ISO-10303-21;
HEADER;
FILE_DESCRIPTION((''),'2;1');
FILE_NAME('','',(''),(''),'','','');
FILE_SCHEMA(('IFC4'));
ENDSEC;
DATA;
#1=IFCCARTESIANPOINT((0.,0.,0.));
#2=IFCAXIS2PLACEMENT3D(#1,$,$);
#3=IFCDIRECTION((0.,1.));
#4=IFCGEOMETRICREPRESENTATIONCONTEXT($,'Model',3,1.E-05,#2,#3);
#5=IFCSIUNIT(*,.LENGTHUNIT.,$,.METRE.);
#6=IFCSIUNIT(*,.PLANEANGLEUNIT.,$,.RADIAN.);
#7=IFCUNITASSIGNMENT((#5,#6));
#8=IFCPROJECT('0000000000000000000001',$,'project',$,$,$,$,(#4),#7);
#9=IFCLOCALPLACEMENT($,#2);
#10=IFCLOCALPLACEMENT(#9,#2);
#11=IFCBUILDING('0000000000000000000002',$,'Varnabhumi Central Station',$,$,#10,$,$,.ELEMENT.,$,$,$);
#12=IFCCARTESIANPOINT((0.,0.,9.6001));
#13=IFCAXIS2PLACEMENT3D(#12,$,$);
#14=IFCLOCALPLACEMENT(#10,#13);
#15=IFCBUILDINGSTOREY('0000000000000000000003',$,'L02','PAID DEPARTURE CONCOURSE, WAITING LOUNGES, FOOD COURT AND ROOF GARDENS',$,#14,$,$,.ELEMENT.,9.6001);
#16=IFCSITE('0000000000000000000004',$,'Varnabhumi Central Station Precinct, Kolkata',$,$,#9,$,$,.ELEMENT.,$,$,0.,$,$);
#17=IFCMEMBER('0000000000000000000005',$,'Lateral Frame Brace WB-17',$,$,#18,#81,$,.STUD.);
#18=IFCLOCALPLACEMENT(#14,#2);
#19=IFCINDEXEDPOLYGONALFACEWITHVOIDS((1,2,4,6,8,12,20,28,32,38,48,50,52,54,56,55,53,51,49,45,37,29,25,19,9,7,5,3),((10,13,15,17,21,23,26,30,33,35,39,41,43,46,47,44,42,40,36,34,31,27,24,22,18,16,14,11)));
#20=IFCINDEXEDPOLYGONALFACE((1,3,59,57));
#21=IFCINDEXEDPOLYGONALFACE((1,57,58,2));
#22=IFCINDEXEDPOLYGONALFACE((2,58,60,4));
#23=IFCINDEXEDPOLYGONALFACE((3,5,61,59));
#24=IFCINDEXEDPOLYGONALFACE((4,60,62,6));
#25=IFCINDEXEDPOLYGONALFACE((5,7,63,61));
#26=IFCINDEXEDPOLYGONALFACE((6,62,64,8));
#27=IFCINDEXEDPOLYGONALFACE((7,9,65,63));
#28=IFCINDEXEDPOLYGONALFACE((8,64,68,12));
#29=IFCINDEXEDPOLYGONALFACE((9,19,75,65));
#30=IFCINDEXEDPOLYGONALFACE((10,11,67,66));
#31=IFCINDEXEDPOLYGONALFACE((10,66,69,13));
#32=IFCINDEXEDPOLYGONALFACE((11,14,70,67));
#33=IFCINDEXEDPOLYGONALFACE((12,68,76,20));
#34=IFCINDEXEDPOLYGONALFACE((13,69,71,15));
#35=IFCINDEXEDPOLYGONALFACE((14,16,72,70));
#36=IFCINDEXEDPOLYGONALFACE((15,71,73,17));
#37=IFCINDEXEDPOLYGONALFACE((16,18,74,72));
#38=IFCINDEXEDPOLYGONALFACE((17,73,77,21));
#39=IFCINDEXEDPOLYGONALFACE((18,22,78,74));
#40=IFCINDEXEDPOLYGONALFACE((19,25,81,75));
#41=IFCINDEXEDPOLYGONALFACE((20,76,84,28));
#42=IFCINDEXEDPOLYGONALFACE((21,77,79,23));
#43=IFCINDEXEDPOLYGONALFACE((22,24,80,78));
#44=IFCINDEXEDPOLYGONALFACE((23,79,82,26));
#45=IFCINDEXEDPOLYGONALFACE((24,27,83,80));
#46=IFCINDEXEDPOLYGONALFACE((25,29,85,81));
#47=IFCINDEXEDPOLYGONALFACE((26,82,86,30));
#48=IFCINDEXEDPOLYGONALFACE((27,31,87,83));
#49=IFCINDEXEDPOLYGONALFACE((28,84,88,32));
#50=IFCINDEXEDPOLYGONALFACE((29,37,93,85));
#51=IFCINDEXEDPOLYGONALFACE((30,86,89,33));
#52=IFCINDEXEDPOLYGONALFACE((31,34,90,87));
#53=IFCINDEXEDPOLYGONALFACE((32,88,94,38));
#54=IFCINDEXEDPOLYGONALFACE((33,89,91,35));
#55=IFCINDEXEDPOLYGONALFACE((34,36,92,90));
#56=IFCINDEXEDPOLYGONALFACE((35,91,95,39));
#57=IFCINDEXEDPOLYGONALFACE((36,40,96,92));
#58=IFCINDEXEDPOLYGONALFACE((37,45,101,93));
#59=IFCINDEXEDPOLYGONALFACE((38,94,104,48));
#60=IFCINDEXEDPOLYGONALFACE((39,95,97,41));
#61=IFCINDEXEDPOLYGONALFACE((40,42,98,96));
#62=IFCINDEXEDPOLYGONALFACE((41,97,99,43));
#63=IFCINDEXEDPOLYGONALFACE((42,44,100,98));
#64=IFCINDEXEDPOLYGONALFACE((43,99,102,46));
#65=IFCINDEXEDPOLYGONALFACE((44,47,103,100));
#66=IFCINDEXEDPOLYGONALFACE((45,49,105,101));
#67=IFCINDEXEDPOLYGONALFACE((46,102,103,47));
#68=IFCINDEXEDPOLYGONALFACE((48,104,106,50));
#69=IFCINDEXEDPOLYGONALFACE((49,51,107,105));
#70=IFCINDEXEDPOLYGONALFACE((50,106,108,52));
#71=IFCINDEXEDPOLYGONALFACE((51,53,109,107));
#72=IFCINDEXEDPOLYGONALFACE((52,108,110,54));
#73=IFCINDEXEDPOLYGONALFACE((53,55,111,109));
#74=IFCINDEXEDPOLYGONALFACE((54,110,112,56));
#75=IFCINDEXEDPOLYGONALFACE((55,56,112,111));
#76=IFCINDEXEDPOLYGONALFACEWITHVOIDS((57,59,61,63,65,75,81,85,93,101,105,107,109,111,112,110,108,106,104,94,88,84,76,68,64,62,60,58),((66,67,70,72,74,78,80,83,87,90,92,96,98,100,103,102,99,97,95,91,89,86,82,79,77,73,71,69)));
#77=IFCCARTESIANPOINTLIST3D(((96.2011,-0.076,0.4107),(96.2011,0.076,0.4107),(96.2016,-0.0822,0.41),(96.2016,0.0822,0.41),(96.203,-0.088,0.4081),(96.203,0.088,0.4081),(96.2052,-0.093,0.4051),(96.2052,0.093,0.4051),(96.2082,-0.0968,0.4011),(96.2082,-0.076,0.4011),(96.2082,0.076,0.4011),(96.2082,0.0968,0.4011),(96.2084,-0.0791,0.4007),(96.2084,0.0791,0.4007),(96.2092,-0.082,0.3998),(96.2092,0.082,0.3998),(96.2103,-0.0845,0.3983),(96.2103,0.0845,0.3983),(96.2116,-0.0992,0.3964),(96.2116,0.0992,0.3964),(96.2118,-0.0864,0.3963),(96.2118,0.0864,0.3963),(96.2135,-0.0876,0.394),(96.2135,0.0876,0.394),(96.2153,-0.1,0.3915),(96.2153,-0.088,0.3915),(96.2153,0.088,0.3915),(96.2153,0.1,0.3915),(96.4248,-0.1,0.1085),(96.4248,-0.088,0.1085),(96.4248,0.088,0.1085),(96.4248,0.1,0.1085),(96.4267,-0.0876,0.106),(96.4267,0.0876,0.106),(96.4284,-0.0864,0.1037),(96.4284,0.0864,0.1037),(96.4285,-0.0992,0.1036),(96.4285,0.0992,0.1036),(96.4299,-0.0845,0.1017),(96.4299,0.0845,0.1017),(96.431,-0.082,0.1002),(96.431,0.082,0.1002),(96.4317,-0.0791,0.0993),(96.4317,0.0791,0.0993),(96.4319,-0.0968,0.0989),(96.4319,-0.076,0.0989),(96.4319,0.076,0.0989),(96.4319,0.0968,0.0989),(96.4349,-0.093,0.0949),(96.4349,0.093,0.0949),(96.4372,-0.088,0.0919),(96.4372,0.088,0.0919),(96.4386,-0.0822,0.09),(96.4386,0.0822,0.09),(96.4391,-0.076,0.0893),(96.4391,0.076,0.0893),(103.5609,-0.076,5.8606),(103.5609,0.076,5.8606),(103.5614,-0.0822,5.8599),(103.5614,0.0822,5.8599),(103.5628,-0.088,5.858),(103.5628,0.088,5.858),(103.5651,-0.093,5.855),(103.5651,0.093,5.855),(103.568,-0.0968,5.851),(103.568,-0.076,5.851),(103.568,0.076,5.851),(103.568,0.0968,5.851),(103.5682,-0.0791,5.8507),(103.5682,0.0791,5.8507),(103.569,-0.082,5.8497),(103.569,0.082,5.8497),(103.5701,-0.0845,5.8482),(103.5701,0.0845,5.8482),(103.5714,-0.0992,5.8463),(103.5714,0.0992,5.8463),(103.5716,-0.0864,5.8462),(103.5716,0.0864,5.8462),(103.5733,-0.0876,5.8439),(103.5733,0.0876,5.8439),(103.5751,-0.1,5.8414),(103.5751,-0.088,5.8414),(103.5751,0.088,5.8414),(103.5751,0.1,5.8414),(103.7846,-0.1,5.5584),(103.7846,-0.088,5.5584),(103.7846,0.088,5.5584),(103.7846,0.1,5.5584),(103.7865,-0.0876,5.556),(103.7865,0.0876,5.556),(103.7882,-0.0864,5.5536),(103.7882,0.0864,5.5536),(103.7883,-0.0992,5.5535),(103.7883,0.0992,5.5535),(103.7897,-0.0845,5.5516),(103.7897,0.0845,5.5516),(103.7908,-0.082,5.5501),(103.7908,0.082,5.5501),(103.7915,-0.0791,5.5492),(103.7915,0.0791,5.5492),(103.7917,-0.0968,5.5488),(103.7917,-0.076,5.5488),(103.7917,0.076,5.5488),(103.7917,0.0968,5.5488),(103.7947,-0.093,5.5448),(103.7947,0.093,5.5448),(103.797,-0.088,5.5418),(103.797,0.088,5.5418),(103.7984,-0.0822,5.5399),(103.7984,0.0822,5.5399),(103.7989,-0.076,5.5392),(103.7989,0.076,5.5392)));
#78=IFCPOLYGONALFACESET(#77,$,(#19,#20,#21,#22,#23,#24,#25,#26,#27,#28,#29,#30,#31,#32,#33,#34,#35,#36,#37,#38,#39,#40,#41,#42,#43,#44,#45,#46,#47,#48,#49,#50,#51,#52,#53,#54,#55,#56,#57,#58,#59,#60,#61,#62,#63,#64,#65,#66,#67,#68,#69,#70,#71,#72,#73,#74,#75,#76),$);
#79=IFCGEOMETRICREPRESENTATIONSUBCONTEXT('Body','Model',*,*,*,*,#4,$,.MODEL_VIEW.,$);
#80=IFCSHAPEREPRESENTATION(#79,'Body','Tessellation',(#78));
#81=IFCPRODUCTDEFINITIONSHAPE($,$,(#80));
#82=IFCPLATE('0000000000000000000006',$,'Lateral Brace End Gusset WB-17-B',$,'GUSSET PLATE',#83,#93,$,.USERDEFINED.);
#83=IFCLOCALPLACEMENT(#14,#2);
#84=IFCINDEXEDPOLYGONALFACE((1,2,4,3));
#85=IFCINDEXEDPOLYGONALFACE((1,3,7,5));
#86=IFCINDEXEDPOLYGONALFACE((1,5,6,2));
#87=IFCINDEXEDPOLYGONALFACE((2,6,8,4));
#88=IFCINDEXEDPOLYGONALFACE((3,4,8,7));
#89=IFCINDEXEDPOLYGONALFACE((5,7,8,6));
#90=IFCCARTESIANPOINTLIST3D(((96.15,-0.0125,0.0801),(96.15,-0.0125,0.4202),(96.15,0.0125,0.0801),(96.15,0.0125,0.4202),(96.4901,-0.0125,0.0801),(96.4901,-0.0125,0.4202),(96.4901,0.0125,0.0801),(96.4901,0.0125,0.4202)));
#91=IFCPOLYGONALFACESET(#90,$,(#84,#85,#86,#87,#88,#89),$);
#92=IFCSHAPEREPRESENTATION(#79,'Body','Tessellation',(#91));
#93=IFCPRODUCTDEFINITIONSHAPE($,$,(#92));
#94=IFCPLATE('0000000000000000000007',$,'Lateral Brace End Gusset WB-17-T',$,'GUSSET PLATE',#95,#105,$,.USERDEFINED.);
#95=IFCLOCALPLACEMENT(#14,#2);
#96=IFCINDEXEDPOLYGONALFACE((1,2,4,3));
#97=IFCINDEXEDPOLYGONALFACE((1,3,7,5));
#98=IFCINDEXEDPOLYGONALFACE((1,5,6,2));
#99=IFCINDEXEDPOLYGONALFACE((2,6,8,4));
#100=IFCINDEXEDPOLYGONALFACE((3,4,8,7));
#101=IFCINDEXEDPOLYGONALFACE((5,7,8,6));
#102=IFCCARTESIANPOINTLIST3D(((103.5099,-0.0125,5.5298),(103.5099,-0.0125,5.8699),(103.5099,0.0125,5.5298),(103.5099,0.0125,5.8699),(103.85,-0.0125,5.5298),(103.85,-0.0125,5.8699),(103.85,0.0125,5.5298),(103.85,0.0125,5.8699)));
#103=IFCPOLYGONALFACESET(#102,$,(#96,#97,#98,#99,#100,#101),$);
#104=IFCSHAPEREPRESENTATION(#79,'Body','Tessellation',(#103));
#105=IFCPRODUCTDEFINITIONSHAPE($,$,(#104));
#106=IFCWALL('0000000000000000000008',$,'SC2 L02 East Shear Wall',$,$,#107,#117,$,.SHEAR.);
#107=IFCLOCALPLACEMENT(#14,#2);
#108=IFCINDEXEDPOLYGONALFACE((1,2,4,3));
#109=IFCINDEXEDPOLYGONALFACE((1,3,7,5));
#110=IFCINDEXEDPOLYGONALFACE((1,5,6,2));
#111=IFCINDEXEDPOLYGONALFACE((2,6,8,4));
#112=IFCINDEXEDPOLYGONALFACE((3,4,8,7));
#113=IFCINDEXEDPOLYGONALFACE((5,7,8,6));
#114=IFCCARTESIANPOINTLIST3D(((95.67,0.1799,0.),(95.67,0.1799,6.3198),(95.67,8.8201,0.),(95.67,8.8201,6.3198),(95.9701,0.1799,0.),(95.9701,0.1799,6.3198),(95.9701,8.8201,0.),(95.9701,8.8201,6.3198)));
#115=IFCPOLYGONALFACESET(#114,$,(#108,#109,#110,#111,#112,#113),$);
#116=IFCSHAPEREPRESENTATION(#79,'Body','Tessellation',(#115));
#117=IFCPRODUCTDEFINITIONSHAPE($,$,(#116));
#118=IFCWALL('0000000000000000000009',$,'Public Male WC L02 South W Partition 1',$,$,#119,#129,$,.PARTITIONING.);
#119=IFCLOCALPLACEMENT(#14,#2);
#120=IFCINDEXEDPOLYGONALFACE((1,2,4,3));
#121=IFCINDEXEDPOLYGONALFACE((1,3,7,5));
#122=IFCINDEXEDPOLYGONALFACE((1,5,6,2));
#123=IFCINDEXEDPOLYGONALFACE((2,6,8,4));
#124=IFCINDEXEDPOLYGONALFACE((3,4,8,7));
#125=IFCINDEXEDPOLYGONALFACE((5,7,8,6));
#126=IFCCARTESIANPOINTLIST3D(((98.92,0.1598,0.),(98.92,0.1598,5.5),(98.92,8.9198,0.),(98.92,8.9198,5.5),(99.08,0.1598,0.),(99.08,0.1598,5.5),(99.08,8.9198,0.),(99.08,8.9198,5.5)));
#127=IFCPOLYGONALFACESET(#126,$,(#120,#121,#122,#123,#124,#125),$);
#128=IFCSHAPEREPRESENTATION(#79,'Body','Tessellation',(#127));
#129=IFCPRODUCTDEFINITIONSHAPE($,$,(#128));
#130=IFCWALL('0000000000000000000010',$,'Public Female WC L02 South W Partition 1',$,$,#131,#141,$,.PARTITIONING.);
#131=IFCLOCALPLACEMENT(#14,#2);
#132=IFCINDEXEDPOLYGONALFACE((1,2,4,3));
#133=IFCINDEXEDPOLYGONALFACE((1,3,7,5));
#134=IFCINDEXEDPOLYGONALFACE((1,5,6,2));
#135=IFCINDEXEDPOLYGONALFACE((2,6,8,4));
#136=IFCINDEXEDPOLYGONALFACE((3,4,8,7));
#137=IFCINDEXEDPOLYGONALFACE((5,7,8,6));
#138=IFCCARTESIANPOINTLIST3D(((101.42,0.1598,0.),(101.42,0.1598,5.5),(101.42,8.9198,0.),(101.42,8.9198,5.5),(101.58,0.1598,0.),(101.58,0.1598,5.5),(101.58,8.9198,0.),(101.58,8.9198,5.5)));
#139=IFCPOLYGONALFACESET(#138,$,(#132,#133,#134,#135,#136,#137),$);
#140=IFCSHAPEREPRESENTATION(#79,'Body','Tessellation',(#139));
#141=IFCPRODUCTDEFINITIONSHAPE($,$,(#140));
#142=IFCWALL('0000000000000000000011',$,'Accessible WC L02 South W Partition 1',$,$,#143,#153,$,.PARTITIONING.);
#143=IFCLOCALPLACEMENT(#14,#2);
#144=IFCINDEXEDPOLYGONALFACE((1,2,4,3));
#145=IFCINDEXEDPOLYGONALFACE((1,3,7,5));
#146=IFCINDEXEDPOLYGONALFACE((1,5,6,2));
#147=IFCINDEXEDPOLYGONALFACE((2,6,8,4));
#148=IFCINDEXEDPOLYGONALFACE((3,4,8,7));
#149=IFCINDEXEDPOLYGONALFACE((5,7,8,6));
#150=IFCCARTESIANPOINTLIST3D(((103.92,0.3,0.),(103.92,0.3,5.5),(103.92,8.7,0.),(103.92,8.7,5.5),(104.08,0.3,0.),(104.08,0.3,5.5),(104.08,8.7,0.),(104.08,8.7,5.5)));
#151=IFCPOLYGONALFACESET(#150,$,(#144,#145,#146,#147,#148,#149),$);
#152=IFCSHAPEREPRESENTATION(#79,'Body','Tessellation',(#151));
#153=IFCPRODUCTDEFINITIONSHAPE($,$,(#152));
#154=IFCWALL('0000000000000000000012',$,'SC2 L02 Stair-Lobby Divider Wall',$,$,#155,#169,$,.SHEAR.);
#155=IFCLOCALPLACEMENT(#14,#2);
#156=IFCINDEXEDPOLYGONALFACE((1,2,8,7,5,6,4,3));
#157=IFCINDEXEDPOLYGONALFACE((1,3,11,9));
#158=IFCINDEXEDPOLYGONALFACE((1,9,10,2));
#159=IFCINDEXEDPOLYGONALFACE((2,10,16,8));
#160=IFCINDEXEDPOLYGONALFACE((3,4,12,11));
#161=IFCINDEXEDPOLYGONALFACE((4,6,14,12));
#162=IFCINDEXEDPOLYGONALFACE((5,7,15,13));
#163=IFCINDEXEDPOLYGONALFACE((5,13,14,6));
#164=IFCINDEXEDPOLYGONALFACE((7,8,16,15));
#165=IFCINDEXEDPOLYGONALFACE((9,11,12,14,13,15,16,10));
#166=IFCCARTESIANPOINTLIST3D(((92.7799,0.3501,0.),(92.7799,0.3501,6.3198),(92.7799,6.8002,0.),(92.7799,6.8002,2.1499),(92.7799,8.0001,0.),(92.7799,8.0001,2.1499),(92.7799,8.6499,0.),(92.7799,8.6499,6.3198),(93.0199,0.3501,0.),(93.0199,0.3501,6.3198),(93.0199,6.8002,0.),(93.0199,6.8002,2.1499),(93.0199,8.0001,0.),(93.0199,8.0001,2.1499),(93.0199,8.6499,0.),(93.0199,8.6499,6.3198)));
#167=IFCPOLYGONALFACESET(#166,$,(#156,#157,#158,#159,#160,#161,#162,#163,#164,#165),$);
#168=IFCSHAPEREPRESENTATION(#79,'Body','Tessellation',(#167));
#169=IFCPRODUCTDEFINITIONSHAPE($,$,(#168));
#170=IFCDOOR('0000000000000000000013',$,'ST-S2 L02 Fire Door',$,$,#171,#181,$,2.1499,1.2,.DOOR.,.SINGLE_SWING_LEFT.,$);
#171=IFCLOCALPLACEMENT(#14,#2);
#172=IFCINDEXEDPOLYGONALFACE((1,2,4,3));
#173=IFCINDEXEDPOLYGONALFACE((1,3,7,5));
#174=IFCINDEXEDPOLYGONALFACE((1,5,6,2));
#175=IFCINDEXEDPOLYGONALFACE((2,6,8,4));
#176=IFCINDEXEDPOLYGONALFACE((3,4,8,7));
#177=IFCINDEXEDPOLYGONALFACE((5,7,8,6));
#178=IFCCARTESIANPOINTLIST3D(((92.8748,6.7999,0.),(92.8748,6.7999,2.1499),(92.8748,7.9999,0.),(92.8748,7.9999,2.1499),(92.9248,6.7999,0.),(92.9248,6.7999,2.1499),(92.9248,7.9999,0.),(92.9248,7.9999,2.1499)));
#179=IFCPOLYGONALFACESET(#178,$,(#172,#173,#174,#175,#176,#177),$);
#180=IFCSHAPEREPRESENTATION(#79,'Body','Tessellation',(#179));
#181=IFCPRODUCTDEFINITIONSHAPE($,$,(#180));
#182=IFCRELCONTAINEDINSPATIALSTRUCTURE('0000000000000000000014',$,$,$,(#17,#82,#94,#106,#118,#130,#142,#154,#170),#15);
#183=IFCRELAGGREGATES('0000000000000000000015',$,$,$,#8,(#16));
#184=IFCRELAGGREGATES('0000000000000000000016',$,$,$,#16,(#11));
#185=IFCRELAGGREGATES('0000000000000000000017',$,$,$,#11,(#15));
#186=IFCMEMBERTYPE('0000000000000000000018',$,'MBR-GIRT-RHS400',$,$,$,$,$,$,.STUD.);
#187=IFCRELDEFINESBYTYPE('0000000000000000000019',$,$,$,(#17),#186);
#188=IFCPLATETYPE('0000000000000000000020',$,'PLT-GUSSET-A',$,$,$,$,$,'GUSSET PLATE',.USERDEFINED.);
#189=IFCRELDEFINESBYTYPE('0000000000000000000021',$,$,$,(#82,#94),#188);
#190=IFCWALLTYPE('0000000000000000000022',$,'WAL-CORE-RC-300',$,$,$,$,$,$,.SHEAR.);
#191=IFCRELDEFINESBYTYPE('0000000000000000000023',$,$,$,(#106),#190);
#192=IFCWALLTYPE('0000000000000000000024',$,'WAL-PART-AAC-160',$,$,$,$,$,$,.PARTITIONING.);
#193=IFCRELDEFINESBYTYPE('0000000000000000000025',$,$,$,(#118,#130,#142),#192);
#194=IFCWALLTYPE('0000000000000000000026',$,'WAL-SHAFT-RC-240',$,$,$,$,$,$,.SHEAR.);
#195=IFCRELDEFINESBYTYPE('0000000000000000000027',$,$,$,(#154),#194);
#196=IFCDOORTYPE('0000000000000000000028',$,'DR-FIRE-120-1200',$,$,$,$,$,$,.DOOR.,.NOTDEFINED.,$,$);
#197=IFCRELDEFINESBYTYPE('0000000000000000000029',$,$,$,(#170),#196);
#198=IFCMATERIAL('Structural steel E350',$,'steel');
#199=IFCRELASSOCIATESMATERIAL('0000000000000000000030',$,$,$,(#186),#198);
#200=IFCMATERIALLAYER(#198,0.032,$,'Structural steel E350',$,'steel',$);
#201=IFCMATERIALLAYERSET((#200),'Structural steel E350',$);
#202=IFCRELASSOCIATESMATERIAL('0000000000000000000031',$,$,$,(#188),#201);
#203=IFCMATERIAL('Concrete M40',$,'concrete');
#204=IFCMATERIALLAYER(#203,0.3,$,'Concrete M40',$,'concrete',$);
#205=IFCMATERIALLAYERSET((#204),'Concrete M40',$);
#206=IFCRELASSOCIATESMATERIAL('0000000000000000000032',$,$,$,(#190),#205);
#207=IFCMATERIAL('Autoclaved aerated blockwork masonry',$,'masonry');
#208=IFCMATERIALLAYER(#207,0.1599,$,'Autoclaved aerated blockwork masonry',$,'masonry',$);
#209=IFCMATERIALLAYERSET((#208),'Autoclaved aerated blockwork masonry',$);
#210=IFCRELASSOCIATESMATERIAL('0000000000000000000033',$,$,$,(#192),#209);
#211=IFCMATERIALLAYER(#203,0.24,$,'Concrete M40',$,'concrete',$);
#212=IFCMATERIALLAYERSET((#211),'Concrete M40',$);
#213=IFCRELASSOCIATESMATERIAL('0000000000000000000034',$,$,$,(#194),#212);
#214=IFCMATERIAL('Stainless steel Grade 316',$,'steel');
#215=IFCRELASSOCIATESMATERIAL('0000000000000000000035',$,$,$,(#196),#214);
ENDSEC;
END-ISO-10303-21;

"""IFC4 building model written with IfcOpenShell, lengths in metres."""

from ifc_helpers import new_model, si_unit, direction, frame, frame_2d, origin, origin_2d, place, context, subcontext, project, spatial, rectangle, hollow_rectangle, extrude, material, layer, layer_set, material_profile, profile_set, type_object, element, fill, save


model = new_model("IFC4")

# Units and contexts
model_context = context("Model", 3, precision=1e-05, world=origin(), true_north=direction((0.0, 1.0)))
body_context = subcontext(model_context, "Body", "Model", "MODEL_VIEW")
ifc_project = project(units=[si_unit("LENGTHUNIT", "METRE"), si_unit("PLANEANGLEUNIT", "RADIAN")], contexts=[model_context])

# Site, building, storey
site_placement = place(None, origin())
site = spatial("IfcSite", under=ifc_project, at=site_placement, Name="Varnabhumi Central Station Precinct, Kolkata", CompositionType="ELEMENT", RefElevation=0.0)
building_placement = place(site_placement, origin())
building = spatial("IfcBuilding", under=site, at=building_placement, Name="Varnabhumi Central Station", CompositionType="ELEMENT")
storey_placement = place(building_placement, frame((0.0, 0.0, 9.6001)))
storey = spatial("IfcBuildingStorey", under=building, at=storey_placement, Name="L02", Description="PAID DEPARTURE CONCOURSE, WAITING LOUNGES, FOOD COURT AND ROOF GARDENS", CompositionType="ELEMENT", Elevation=9.6001)

# Shared definitions
ifc_material_1 = material(Name="Concrete M40", Category="concrete")

# Shared definitions
ifc_material_2 = material(Name="Structural steel E350", Category="steel")

# Member
ifc_material_profile_1 = material_profile(ifc_material_2, hollow_rectangle(XDim=0.2, YDim=0.3999, WallThickness=0.012, InnerFilletRadius=0.012, OuterFilletRadius=0.0239, at=origin_2d()), Name="Structural steel E350", Category="steel")
ifc_profile_set_1 = profile_set([ifc_material_profile_1], Name="Structural steel E350")
member_type = type_object("IfcMemberType", Name="MBR-GIRT-RHS400", PredefinedType="STUD", material=ifc_profile_set_1)
member_placement = place(storey_placement, frame((96.3201, 0.0, 0.25), z_axis=(0.803651, 0.0, 0.595101), x_axis=(0.0, 1.0, 0.0)))
element("IfcMember", 1, at=member_placement, inside=storey, type_object=member_type, Name="Lateral Frame Brace WB-17", PredefinedType="STUD", context=body_context, shape_type="SweptSolid", body=[
    extrude(hollow_rectangle(XDim=0.2, YDim=0.3999, WallThickness=0.012, InnerFilletRadius=0.012, OuterFilletRadius=0.0239, at=origin_2d()), origin(), (0.0, 0.0, 1.0), 9.158),
])

# Plates
ifc_layer_1 = layer(ifc_material_2, 0.032, Name="Structural steel E350", Category="steel")
ifc_layer_set_1 = layer_set([ifc_layer_1], Name="Structural steel E350")
plate_type = type_object("IfcPlateType", Name="PLT-GUSSET-A", ElementType="GUSSET PLATE", PredefinedType="USERDEFINED", material=ifc_layer_set_1)
for number, where, z_axis, x_axis, name in (
    (2, (96.3201, 0.0, 0.0801), (0.0, 0.0, 1.0), (1.0, 0.0, 0.0), "Lateral Brace End Gusset WB-17-B"),
    (3, (103.6799, 0.0, 5.5298), (0.0, 0.0, 1.0), (1.0, 0.0, 0.0), "Lateral Brace End Gusset WB-17-T"),
):
    element("IfcPlate", number, at=place(storey_placement, frame(where, z_axis=z_axis, x_axis=x_axis)), inside=storey, type_object=plate_type, Name=name, ObjectType="GUSSET PLATE", PredefinedType="USERDEFINED", context=body_context, shape_type="SweptSolid", body=[
        extrude(rectangle(XDim=0.3401, YDim=0.0249, at=origin_2d()), origin(), (0.0, 0.0, 1.0), 0.3401),
    ])

# Walls
ifc_layer_2 = layer(ifc_material_1, 0.3, Name="Concrete M40", Category="concrete")
ifc_layer_set_2 = layer_set([ifc_layer_2], Name="Concrete M40")
wall_type_1 = type_object("IfcWallType", Name="WAL-CORE-RC-300", PredefinedType="SHEAR", material=ifc_layer_set_2)
wall_1_placement = place(storey_placement, frame((95.8201, 0.1799, 0.0), z_axis=(0.0, 0.0, 1.0), x_axis=(0.0, 1.0, 0.0)))
element("IfcWall", 4, at=wall_1_placement, inside=storey, type_object=wall_type_1, Name="SC2 L02 East Shear Wall", PredefinedType="SHEAR", context=body_context, shape_type="SweptSolid", body=[
    extrude(rectangle(XDim=8.6401, YDim=0.3, at=frame_2d((4.3201, 0.0))), origin(), (0.0, 0.0, 1.0), 6.3198),
])
ifc_material_3 = material(Name="Autoclaved aerated blockwork masonry", Category="masonry")
ifc_layer_3 = layer(ifc_material_3, 0.1599, Name="Autoclaved aerated blockwork masonry", Category="masonry")
ifc_layer_set_3 = layer_set([ifc_layer_3], Name="Autoclaved aerated blockwork masonry")
wall_type_2 = type_object("IfcWallType", Name="WAL-PART-AAC-160", PredefinedType="PARTITIONING", material=ifc_layer_set_3)
for number, where, z_axis, x_axis, name in (
    (5, (99.0, 0.1599, 0.0), (0.0, 0.0, 1.0), (0.0, 1.0, 0.0), "Public Male WC L02 South W Partition 1"),
    (6, (101.5, 0.1599, 0.0), (0.0, 0.0, 1.0), (0.0, 1.0, 0.0), "Public Female WC L02 South W Partition 1"),
):
    element("IfcWall", number, at=place(storey_placement, frame(where, z_axis=z_axis, x_axis=x_axis)), inside=storey, type_object=wall_type_2, Name=name, PredefinedType="PARTITIONING", context=body_context, shape_type="SweptSolid", body=[
        extrude(rectangle(XDim=8.76, YDim=0.1599, at=frame_2d((4.3799, 0.0))), origin(), (0.0, 0.0, 1.0), 5.5),
    ])
wall_2_placement = place(storey_placement, frame((104.0, 0.3, 0.0), z_axis=(0.0, 0.0, 1.0), x_axis=(0.0, 1.0, 0.0)))
element("IfcWall", 7, at=wall_2_placement, inside=storey, type_object=wall_type_2, Name="Accessible WC L02 South W Partition 1", PredefinedType="PARTITIONING", context=body_context, shape_type="SweptSolid", body=[
    extrude(rectangle(XDim=8.3999, YDim=0.1599, at=frame_2d((4.2, 0.0))), origin(), (0.0, 0.0, 1.0), 5.5),
])

# Wall, opening, door
ifc_layer_4 = layer(ifc_material_1, 0.24, Name="Concrete M40", Category="concrete")
ifc_layer_set_4 = layer_set([ifc_layer_4], Name="Concrete M40")
wall_type_3 = type_object("IfcWallType", Name="WAL-SHAFT-RC-240", PredefinedType="SHEAR", material=ifc_layer_set_4)
wall_3_placement = place(storey_placement, frame((92.8999, 0.3501, 0.0), z_axis=(0.0, 0.0, 1.0), x_axis=(0.0, 1.0, 0.0)))
wall_3 = element("IfcWall", 8, at=wall_3_placement, inside=storey, type_object=wall_type_3, Name="SC2 L02 Stair-Lobby Divider Wall", PredefinedType="SHEAR", context=body_context, shape_type="SweptSolid", body=[
    extrude(rectangle(XDim=8.2998, YDim=0.24, at=frame_2d((4.1499, 0.0))), origin(), (0.0, 0.0, 1.0), 6.3198),
])
opening_1_placement = place(wall_3_placement, frame((6.45, 0.0, 0.0)))
opening_1 = element("IfcOpeningElement", 9, at=opening_1_placement, cuts=wall_3, PredefinedType="OPENING", context=body_context, shape_type="SweptSolid", body=[
    extrude(rectangle(XDim=1.2, YDim=2.1499, at=frame_2d((0.6001, 1.075))), frame((0.0, 0.1299, 0.0), z_axis=(0.0, -1.0, 0.0), x_axis=(1.0, 0.0, 0.0)), (0.0, 0.0, 1.0), 0.26),
])
ifc_material_4 = material(Name="Stainless steel Grade 316", Category="steel")
door_type_1 = type_object("IfcDoorType", Name="DR-FIRE-120-1200", OperationType="NOTDEFINED", PredefinedType="DOOR", material=ifc_material_4)
door_1_placement = place(opening_1_placement, frame((1.2, 0.0, 0.0), z_axis=(0.0, 0.0, 1.0), x_axis=(-1.0, 0.0, 0.0)))
door_1 = element("IfcDoor", 10, at=door_1_placement, inside=storey, type_object=door_type_1, Name="ST-S2 L02 Fire Door", OperationType="SINGLE_SWING_LEFT", OverallHeight=2.1499, OverallWidth=1.2, PredefinedType="DOOR", context=body_context, shape_type="SweptSolid", body=[
    extrude(rectangle(XDim=1.2, YDim=2.1499, at=frame_2d((0.6001, 1.075))), frame((0.0, 0.0249, 0.0), z_axis=(0.0, -1.0, 0.0), x_axis=(1.0, 0.0, 0.0)), (0.0, 0.0, 1.0), 0.05),
])
fill(opening_1, door_1)

save(model, "model.ifc")
